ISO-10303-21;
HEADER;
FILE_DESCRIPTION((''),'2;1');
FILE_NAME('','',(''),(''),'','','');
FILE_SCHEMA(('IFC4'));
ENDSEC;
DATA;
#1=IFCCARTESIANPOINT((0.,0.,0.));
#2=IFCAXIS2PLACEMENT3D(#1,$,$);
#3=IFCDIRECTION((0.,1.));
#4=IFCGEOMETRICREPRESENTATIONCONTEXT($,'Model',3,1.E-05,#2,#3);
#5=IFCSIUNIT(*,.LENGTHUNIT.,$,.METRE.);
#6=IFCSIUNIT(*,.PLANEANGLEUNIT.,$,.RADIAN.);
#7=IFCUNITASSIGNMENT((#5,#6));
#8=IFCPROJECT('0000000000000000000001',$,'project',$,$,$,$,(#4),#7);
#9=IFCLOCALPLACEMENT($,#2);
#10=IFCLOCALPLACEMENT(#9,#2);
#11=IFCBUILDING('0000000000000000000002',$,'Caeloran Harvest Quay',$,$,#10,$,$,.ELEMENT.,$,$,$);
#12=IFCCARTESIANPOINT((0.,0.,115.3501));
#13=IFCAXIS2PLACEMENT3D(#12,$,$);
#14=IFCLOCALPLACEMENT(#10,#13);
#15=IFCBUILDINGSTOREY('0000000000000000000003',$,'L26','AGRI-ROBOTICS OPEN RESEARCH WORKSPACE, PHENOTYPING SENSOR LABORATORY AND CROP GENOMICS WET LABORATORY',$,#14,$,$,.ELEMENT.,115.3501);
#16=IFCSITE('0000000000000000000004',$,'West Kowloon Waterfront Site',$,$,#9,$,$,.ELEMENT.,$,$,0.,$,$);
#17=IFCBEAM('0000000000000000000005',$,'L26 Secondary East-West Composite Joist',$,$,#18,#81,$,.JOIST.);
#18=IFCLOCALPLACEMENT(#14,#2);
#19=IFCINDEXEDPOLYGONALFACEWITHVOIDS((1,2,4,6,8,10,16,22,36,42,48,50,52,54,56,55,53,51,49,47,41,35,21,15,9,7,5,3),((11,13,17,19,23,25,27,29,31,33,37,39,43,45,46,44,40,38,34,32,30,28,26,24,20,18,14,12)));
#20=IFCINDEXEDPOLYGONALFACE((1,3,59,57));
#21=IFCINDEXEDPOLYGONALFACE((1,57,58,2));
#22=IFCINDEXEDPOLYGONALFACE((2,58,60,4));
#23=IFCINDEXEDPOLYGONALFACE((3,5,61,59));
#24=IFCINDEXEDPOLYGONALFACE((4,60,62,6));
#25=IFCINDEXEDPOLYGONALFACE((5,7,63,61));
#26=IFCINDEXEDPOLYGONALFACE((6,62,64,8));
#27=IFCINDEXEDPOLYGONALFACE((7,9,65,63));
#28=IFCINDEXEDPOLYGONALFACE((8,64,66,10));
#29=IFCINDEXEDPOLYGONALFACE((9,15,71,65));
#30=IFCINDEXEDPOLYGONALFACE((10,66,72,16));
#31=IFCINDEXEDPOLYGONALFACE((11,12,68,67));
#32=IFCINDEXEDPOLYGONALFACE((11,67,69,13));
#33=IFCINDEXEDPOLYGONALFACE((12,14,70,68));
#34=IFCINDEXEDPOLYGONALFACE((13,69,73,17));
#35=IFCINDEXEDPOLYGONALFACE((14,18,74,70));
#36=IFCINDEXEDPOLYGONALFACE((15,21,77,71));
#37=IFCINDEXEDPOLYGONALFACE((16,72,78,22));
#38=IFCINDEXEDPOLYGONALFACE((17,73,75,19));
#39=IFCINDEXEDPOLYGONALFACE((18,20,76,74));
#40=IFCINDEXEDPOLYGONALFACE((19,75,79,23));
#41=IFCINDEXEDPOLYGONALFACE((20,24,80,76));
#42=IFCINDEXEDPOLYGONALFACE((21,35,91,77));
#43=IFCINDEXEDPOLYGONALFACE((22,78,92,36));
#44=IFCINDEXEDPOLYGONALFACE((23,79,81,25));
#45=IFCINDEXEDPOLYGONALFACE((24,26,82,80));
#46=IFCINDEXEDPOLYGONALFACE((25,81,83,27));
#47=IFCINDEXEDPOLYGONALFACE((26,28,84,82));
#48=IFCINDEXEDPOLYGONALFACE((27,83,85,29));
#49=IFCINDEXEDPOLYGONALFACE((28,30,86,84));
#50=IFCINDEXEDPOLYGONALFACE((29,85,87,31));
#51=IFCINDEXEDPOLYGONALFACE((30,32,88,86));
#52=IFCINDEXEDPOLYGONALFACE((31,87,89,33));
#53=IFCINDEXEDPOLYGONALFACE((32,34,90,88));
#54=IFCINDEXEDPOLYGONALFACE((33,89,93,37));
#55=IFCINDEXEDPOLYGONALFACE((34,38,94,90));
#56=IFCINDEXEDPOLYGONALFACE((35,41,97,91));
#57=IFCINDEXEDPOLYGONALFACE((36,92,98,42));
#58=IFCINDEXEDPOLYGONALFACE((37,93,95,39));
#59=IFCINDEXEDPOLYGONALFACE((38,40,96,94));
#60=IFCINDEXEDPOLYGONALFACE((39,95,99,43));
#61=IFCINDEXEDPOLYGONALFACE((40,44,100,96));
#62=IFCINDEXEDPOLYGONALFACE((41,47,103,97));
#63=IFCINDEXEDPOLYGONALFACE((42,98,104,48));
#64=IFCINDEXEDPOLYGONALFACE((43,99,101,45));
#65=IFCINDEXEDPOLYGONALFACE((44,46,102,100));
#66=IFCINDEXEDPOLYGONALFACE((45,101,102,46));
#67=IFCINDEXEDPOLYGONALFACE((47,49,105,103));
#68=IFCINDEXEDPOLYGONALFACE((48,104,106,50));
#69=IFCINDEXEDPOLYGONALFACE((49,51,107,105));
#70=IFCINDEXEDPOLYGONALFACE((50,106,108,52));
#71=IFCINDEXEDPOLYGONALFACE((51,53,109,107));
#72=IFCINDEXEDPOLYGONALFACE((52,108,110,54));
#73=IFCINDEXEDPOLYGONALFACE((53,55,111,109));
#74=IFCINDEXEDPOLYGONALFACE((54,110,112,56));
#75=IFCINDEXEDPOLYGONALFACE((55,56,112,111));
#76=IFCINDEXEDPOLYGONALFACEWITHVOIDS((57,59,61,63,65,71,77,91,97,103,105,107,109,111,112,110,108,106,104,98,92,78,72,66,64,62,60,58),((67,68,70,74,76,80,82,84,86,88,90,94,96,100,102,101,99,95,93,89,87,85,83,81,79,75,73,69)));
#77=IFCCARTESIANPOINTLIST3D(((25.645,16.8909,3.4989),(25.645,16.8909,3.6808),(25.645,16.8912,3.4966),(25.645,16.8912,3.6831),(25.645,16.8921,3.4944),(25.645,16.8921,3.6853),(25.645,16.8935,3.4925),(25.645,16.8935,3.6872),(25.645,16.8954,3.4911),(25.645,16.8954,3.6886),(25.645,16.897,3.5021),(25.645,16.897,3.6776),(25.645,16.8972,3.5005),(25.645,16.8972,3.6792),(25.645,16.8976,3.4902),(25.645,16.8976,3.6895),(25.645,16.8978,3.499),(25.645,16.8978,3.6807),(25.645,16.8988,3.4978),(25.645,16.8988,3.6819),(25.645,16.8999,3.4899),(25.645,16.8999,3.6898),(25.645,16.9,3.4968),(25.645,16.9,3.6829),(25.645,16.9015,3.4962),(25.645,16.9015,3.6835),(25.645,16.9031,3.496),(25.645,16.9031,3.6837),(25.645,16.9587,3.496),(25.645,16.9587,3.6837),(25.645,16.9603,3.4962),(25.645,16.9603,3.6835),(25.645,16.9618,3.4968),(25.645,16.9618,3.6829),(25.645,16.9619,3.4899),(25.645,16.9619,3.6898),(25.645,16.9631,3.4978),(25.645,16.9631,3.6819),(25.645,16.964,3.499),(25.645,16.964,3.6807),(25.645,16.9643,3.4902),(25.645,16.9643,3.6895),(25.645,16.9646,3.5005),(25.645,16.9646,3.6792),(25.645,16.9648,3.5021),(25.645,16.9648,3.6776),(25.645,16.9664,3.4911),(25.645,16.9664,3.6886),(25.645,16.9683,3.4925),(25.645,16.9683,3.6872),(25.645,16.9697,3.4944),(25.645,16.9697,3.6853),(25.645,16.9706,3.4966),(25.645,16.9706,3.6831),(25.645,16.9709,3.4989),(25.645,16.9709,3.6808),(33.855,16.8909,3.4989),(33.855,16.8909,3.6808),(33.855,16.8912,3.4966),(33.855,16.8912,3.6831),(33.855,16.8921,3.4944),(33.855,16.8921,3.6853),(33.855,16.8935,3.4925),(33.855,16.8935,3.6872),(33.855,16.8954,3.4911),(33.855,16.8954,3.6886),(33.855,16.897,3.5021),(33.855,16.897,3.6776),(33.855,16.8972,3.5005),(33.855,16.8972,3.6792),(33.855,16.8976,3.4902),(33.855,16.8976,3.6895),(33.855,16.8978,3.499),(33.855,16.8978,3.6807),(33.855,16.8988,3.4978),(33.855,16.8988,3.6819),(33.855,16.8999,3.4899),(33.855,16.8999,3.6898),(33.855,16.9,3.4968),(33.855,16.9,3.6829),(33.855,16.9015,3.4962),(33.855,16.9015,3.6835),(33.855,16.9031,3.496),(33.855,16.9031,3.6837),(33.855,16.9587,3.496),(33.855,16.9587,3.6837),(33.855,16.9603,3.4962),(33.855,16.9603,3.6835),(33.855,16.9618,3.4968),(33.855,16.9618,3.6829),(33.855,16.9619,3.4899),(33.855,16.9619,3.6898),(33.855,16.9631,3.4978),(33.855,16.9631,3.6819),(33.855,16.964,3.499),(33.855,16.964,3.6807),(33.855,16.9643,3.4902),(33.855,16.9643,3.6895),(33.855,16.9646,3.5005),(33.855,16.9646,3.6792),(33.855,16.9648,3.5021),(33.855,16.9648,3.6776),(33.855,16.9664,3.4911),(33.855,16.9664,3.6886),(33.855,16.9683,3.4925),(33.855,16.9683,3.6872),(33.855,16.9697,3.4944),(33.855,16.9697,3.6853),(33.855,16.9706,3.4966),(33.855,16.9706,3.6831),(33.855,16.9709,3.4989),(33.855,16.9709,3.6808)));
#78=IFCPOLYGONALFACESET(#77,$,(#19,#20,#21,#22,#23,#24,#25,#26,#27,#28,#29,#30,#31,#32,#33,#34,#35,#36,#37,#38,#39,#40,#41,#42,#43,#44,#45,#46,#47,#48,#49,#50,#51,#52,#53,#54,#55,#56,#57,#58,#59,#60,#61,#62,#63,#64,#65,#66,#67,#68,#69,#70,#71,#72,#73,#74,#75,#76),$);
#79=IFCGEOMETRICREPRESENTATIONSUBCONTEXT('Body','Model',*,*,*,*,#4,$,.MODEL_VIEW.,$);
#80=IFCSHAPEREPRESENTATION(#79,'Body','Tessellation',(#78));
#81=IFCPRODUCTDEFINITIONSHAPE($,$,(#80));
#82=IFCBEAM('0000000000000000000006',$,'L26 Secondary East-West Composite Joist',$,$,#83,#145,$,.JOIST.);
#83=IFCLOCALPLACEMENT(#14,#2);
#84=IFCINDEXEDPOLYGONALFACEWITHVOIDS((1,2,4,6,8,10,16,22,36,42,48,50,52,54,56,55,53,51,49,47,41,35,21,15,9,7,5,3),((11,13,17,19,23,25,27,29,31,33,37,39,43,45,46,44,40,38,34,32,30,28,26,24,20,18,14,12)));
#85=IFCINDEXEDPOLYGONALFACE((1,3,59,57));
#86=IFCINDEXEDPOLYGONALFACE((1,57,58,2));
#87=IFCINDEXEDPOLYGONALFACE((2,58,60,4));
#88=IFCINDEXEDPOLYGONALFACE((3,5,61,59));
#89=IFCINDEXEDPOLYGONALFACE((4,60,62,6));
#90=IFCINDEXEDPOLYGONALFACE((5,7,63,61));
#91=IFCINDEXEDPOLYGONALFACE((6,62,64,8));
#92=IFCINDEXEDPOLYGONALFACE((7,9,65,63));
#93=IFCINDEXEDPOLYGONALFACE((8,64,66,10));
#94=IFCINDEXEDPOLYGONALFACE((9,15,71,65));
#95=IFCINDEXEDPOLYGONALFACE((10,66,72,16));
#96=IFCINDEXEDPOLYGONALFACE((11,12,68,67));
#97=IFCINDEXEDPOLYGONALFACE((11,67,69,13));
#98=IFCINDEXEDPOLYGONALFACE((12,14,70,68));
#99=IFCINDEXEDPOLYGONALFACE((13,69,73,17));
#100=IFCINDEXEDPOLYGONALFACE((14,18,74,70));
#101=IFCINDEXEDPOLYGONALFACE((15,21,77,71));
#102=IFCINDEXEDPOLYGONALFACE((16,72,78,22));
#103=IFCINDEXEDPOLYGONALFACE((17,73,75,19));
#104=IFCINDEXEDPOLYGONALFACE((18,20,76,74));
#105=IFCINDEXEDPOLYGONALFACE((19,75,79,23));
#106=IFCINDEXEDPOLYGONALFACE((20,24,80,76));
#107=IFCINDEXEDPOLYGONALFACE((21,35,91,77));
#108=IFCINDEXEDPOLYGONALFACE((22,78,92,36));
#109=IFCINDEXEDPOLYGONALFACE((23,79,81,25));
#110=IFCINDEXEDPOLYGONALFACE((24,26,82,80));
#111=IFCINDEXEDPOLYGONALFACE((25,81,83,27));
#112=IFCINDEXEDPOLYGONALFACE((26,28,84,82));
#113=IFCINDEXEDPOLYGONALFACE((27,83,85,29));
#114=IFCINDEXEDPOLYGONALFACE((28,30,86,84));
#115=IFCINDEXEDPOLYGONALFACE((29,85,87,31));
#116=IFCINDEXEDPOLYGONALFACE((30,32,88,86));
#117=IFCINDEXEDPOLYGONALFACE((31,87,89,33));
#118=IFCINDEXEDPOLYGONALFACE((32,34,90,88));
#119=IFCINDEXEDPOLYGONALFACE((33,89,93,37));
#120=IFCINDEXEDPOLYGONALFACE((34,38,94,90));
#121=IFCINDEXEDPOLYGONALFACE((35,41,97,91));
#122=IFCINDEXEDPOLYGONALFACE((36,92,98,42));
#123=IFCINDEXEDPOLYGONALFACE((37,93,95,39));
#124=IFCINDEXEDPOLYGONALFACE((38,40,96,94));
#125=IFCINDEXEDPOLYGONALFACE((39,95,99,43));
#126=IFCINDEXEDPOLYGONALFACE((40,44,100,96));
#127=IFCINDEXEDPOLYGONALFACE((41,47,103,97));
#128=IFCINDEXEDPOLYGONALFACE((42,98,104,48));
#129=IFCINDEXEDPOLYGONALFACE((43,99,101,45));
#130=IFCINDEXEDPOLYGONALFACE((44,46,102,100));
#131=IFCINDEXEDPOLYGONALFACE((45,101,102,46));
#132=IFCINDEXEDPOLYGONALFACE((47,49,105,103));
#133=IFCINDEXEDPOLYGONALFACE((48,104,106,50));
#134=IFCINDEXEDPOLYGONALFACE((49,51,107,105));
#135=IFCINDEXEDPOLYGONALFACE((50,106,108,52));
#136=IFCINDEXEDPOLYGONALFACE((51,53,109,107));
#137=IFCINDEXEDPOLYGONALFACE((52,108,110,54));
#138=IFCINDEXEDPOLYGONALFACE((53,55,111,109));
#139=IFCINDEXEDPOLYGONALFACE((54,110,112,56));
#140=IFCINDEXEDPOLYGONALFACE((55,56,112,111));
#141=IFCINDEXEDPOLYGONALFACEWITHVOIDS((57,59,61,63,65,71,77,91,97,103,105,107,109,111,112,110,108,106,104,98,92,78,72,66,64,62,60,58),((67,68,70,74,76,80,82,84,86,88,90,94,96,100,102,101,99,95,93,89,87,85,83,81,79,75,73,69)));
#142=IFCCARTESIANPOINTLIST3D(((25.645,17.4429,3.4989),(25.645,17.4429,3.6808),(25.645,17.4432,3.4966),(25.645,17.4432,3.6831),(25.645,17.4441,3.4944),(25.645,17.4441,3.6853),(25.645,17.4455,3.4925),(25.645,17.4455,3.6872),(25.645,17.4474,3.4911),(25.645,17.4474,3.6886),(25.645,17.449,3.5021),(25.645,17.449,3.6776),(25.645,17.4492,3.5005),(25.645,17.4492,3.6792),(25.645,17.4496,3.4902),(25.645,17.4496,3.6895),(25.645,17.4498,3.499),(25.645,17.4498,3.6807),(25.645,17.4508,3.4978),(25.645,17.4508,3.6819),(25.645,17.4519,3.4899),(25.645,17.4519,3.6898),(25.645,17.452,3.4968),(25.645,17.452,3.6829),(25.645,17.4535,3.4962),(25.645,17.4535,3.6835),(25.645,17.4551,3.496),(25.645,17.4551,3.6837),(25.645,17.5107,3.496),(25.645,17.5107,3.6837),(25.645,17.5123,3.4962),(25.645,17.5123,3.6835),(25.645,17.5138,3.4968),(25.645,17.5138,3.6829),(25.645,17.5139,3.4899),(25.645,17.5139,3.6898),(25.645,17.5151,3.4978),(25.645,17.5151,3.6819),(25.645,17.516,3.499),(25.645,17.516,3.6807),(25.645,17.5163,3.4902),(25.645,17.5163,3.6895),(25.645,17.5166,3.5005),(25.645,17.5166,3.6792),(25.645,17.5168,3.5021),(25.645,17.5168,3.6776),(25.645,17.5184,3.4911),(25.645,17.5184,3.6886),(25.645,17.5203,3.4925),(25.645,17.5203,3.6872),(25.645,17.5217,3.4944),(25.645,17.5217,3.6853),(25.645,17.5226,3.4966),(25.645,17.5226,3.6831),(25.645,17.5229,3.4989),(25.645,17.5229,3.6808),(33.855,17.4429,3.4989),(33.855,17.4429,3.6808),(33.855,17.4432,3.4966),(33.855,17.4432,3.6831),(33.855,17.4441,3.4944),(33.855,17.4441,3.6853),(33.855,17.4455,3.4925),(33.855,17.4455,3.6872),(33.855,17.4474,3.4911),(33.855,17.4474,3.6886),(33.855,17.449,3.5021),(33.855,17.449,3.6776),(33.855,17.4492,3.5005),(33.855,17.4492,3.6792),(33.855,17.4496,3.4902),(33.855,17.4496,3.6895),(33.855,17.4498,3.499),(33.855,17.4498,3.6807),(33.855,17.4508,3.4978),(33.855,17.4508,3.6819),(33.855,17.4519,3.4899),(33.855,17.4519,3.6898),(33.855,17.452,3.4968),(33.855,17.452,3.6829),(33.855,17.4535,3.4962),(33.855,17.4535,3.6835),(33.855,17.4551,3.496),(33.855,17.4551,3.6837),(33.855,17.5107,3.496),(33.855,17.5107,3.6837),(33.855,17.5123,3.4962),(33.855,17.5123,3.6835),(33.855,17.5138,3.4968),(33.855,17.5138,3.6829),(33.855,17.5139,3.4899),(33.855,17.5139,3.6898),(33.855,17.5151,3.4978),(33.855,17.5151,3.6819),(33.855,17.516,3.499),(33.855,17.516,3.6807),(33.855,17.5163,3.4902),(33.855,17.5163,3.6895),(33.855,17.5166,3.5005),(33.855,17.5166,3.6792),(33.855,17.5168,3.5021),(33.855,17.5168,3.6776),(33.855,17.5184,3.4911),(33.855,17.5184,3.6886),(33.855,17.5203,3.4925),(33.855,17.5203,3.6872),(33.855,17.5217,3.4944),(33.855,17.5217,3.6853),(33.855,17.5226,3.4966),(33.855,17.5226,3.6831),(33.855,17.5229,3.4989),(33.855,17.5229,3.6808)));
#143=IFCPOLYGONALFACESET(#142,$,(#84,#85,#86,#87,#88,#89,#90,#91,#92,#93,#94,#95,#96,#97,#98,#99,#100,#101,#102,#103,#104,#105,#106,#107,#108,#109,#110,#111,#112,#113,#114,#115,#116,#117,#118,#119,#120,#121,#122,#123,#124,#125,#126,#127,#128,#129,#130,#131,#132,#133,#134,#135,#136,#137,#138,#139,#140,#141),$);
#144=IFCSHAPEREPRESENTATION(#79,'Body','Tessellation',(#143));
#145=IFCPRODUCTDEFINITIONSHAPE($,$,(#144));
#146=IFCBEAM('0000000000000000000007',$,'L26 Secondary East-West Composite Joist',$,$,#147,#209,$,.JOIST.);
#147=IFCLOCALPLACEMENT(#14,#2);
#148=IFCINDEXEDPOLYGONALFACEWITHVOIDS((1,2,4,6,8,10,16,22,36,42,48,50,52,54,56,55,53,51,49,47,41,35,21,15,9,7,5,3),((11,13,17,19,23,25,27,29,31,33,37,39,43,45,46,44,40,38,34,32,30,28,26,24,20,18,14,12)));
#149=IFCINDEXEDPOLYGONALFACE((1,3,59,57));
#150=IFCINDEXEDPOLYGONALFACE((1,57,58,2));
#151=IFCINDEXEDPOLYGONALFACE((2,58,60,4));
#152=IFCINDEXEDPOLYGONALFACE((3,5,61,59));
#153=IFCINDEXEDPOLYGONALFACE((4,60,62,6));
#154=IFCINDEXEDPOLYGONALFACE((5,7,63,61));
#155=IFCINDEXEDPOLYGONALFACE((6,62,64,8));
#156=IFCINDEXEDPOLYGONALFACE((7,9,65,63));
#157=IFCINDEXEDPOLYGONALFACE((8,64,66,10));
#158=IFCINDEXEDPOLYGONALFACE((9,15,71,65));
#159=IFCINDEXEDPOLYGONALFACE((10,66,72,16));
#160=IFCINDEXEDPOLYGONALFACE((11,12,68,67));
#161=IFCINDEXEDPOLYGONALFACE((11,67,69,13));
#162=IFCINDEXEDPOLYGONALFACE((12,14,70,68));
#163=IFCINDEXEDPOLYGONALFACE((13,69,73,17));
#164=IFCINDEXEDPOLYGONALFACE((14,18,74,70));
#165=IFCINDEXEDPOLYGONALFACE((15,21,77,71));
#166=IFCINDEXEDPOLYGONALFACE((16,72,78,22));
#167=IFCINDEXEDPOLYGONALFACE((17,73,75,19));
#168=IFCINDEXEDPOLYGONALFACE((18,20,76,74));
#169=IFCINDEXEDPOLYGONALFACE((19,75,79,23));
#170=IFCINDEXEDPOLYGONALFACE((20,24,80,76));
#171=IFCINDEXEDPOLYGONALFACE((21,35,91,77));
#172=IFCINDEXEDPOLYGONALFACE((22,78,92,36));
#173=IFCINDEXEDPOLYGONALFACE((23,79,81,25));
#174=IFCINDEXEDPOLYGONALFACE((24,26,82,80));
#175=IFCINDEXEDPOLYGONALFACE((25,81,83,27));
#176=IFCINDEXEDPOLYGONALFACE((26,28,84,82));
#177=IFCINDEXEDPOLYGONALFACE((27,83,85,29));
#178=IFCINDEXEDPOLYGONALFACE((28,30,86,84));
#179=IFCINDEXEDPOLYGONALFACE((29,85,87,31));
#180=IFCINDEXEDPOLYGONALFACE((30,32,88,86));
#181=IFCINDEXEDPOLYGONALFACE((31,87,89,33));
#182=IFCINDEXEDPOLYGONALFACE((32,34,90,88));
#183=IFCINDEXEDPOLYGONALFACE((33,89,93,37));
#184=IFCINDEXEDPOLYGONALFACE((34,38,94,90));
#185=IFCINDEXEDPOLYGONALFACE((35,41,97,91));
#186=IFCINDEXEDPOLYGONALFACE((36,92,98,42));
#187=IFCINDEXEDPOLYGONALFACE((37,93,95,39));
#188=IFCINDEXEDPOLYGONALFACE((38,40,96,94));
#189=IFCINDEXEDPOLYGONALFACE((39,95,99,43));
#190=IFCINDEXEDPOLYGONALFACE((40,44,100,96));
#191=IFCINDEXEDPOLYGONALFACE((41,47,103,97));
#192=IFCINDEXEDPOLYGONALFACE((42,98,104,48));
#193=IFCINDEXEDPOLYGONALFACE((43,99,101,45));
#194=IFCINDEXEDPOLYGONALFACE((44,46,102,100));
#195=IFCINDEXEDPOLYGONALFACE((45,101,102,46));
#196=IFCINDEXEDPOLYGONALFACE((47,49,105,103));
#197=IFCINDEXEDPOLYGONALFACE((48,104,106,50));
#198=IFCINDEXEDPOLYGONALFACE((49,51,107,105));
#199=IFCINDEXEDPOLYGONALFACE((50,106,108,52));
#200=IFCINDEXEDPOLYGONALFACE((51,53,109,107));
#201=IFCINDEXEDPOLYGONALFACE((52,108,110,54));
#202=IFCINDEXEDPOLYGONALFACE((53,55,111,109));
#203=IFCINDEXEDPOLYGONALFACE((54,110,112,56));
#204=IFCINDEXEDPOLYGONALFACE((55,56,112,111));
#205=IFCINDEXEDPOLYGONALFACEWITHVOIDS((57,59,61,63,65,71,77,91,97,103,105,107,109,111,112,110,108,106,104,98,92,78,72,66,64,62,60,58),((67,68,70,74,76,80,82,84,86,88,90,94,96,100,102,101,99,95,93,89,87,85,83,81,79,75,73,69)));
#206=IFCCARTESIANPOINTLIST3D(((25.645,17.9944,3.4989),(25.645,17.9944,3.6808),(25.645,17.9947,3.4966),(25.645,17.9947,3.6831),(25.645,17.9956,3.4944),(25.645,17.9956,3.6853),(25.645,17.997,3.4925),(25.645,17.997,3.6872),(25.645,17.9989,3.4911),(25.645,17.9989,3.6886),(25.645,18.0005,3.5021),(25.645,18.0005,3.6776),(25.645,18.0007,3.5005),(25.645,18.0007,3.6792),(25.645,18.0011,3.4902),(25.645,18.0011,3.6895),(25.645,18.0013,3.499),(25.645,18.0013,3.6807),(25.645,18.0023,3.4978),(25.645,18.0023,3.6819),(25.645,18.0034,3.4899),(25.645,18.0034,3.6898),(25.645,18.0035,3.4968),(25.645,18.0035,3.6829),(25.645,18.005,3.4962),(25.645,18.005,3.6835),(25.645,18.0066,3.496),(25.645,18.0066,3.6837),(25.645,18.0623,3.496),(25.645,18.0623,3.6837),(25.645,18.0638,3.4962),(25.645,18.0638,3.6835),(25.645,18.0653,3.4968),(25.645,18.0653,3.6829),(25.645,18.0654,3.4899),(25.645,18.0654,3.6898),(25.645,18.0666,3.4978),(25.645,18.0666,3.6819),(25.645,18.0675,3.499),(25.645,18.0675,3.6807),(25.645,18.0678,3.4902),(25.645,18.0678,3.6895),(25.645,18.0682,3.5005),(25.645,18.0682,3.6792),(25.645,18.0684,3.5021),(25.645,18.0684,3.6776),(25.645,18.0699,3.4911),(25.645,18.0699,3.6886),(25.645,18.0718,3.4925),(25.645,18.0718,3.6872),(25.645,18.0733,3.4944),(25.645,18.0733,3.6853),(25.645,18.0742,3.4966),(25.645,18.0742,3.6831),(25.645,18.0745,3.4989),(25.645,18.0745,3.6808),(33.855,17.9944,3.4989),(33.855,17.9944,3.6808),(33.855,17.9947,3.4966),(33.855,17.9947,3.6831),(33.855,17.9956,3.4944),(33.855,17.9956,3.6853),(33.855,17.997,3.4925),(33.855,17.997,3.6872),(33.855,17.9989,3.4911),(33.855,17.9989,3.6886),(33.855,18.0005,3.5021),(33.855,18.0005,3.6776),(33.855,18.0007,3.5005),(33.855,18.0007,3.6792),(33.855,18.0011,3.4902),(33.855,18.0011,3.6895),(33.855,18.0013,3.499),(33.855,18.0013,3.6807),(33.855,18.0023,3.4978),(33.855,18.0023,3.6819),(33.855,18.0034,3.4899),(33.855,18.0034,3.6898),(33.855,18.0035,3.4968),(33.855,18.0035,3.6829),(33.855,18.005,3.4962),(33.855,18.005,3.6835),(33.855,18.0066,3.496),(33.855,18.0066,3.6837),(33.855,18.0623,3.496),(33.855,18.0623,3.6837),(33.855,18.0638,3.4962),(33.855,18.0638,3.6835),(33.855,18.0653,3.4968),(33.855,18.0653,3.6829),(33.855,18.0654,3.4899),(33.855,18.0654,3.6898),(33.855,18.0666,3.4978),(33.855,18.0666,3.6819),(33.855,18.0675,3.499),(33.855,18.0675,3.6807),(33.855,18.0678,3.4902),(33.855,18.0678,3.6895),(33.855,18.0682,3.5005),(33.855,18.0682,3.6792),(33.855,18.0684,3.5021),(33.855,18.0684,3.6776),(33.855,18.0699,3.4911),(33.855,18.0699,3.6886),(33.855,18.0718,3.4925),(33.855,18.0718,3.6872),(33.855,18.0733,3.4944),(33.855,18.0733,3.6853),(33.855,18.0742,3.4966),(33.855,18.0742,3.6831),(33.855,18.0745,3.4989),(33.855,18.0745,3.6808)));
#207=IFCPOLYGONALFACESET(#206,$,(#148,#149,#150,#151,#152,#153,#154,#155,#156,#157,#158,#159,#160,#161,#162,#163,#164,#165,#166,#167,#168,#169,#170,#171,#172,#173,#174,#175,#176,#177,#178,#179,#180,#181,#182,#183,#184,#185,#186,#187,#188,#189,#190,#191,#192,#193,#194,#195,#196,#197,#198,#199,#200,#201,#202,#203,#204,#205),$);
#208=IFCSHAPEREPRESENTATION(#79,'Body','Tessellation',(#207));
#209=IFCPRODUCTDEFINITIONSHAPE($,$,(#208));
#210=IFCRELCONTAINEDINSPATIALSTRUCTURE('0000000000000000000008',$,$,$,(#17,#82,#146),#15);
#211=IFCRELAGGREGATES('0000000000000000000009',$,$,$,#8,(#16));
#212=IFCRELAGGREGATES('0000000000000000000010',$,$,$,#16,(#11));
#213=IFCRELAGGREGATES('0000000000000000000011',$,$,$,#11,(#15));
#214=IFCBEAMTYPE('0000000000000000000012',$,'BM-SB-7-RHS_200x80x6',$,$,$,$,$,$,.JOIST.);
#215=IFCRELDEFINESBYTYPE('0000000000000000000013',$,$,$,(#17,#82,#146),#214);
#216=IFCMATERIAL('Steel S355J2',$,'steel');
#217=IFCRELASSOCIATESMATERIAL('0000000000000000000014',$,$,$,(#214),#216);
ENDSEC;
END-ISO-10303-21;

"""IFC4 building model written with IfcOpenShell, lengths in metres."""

from ifc_helpers import new_model, si_unit, direction, frame, origin, origin_2d, place, context, subcontext, project, spatial, hollow_rectangle, extrude, material, material_profile, profile_set, type_object, element, save


model = new_model("IFC4")

# Units and contexts
model_context = context("Model", 3, precision=1e-05, world=origin(), true_north=direction((0.0, 1.0)))
body_context = subcontext(model_context, "Body", "Model", "MODEL_VIEW")
ifc_project = project(units=[si_unit("LENGTHUNIT", "METRE"), si_unit("PLANEANGLEUNIT", "RADIAN")], contexts=[model_context])

# Site, building, storey
site_placement = place(None, origin())
site = spatial("IfcSite", under=ifc_project, at=site_placement, Name="West Kowloon Waterfront Site", CompositionType="ELEMENT", RefElevation=0.0)
building_placement = place(site_placement, origin())
building = spatial("IfcBuilding", under=site, at=building_placement, Name="Caeloran Harvest Quay", CompositionType="ELEMENT")
storey_placement = place(building_placement, frame((0.0, 0.0, 115.3501)))
storey = spatial("IfcBuildingStorey", under=building, at=storey_placement, Name="L26", Description="AGRI-ROBOTICS OPEN RESEARCH WORKSPACE, PHENOTYPING SENSOR LABORATORY AND CROP GENOMICS WET LABORATORY", CompositionType="ELEMENT", Elevation=115.3501)

# Beams
ifc_material_1 = material(Name="Steel S355J2", Category="steel")
ifc_material_profile_1 = material_profile(ifc_material_1, hollow_rectangle(XDim=0.0801, YDim=0.2, WallThickness=0.0061, InnerFilletRadius=0.0061, OuterFilletRadius=0.009, at=origin_2d()), Name="RHS 200x80x6")
ifc_profile_set_1 = profile_set([ifc_material_profile_1], Name="Steel S355J2")
beam_type_1 = type_object("IfcBeamType", Name="BM-SB-7-RHS_200x80x6", PredefinedType="JOIST", material=ifc_profile_set_1)
for number, where, z_axis, x_axis, name in (
    (1, (25.645, 16.9309, 3.5898), (1.0, 0.0, 0.0), (0.0, 1.0, 0.0), "L26 Secondary East-West Composite Joist"),
    (2, (25.645, 17.4829, 3.5898), (1.0, 0.0, 0.0), (0.0, 1.0, 0.0), "L26 Secondary East-West Composite Joist"),
    (3, (25.645, 18.0344, 3.5898), (1.0, 0.0, 0.0), (0.0, 1.0, 0.0), "L26 Secondary East-West Composite Joist"),
):
    element("IfcBeam", number, at=place(storey_placement, frame(where, z_axis=z_axis, x_axis=x_axis)), inside=storey, type_object=beam_type_1, Name=name, PredefinedType="JOIST", context=body_context, shape_type="SweptSolid", body=[
        extrude(hollow_rectangle(XDim=0.0801, YDim=0.2, WallThickness=0.0061, InnerFilletRadius=0.0061, OuterFilletRadius=0.009, at=origin_2d()), origin(), (0.0, 0.0, 1.0), 8.21),
    ])

save(model, "model.ifc")
